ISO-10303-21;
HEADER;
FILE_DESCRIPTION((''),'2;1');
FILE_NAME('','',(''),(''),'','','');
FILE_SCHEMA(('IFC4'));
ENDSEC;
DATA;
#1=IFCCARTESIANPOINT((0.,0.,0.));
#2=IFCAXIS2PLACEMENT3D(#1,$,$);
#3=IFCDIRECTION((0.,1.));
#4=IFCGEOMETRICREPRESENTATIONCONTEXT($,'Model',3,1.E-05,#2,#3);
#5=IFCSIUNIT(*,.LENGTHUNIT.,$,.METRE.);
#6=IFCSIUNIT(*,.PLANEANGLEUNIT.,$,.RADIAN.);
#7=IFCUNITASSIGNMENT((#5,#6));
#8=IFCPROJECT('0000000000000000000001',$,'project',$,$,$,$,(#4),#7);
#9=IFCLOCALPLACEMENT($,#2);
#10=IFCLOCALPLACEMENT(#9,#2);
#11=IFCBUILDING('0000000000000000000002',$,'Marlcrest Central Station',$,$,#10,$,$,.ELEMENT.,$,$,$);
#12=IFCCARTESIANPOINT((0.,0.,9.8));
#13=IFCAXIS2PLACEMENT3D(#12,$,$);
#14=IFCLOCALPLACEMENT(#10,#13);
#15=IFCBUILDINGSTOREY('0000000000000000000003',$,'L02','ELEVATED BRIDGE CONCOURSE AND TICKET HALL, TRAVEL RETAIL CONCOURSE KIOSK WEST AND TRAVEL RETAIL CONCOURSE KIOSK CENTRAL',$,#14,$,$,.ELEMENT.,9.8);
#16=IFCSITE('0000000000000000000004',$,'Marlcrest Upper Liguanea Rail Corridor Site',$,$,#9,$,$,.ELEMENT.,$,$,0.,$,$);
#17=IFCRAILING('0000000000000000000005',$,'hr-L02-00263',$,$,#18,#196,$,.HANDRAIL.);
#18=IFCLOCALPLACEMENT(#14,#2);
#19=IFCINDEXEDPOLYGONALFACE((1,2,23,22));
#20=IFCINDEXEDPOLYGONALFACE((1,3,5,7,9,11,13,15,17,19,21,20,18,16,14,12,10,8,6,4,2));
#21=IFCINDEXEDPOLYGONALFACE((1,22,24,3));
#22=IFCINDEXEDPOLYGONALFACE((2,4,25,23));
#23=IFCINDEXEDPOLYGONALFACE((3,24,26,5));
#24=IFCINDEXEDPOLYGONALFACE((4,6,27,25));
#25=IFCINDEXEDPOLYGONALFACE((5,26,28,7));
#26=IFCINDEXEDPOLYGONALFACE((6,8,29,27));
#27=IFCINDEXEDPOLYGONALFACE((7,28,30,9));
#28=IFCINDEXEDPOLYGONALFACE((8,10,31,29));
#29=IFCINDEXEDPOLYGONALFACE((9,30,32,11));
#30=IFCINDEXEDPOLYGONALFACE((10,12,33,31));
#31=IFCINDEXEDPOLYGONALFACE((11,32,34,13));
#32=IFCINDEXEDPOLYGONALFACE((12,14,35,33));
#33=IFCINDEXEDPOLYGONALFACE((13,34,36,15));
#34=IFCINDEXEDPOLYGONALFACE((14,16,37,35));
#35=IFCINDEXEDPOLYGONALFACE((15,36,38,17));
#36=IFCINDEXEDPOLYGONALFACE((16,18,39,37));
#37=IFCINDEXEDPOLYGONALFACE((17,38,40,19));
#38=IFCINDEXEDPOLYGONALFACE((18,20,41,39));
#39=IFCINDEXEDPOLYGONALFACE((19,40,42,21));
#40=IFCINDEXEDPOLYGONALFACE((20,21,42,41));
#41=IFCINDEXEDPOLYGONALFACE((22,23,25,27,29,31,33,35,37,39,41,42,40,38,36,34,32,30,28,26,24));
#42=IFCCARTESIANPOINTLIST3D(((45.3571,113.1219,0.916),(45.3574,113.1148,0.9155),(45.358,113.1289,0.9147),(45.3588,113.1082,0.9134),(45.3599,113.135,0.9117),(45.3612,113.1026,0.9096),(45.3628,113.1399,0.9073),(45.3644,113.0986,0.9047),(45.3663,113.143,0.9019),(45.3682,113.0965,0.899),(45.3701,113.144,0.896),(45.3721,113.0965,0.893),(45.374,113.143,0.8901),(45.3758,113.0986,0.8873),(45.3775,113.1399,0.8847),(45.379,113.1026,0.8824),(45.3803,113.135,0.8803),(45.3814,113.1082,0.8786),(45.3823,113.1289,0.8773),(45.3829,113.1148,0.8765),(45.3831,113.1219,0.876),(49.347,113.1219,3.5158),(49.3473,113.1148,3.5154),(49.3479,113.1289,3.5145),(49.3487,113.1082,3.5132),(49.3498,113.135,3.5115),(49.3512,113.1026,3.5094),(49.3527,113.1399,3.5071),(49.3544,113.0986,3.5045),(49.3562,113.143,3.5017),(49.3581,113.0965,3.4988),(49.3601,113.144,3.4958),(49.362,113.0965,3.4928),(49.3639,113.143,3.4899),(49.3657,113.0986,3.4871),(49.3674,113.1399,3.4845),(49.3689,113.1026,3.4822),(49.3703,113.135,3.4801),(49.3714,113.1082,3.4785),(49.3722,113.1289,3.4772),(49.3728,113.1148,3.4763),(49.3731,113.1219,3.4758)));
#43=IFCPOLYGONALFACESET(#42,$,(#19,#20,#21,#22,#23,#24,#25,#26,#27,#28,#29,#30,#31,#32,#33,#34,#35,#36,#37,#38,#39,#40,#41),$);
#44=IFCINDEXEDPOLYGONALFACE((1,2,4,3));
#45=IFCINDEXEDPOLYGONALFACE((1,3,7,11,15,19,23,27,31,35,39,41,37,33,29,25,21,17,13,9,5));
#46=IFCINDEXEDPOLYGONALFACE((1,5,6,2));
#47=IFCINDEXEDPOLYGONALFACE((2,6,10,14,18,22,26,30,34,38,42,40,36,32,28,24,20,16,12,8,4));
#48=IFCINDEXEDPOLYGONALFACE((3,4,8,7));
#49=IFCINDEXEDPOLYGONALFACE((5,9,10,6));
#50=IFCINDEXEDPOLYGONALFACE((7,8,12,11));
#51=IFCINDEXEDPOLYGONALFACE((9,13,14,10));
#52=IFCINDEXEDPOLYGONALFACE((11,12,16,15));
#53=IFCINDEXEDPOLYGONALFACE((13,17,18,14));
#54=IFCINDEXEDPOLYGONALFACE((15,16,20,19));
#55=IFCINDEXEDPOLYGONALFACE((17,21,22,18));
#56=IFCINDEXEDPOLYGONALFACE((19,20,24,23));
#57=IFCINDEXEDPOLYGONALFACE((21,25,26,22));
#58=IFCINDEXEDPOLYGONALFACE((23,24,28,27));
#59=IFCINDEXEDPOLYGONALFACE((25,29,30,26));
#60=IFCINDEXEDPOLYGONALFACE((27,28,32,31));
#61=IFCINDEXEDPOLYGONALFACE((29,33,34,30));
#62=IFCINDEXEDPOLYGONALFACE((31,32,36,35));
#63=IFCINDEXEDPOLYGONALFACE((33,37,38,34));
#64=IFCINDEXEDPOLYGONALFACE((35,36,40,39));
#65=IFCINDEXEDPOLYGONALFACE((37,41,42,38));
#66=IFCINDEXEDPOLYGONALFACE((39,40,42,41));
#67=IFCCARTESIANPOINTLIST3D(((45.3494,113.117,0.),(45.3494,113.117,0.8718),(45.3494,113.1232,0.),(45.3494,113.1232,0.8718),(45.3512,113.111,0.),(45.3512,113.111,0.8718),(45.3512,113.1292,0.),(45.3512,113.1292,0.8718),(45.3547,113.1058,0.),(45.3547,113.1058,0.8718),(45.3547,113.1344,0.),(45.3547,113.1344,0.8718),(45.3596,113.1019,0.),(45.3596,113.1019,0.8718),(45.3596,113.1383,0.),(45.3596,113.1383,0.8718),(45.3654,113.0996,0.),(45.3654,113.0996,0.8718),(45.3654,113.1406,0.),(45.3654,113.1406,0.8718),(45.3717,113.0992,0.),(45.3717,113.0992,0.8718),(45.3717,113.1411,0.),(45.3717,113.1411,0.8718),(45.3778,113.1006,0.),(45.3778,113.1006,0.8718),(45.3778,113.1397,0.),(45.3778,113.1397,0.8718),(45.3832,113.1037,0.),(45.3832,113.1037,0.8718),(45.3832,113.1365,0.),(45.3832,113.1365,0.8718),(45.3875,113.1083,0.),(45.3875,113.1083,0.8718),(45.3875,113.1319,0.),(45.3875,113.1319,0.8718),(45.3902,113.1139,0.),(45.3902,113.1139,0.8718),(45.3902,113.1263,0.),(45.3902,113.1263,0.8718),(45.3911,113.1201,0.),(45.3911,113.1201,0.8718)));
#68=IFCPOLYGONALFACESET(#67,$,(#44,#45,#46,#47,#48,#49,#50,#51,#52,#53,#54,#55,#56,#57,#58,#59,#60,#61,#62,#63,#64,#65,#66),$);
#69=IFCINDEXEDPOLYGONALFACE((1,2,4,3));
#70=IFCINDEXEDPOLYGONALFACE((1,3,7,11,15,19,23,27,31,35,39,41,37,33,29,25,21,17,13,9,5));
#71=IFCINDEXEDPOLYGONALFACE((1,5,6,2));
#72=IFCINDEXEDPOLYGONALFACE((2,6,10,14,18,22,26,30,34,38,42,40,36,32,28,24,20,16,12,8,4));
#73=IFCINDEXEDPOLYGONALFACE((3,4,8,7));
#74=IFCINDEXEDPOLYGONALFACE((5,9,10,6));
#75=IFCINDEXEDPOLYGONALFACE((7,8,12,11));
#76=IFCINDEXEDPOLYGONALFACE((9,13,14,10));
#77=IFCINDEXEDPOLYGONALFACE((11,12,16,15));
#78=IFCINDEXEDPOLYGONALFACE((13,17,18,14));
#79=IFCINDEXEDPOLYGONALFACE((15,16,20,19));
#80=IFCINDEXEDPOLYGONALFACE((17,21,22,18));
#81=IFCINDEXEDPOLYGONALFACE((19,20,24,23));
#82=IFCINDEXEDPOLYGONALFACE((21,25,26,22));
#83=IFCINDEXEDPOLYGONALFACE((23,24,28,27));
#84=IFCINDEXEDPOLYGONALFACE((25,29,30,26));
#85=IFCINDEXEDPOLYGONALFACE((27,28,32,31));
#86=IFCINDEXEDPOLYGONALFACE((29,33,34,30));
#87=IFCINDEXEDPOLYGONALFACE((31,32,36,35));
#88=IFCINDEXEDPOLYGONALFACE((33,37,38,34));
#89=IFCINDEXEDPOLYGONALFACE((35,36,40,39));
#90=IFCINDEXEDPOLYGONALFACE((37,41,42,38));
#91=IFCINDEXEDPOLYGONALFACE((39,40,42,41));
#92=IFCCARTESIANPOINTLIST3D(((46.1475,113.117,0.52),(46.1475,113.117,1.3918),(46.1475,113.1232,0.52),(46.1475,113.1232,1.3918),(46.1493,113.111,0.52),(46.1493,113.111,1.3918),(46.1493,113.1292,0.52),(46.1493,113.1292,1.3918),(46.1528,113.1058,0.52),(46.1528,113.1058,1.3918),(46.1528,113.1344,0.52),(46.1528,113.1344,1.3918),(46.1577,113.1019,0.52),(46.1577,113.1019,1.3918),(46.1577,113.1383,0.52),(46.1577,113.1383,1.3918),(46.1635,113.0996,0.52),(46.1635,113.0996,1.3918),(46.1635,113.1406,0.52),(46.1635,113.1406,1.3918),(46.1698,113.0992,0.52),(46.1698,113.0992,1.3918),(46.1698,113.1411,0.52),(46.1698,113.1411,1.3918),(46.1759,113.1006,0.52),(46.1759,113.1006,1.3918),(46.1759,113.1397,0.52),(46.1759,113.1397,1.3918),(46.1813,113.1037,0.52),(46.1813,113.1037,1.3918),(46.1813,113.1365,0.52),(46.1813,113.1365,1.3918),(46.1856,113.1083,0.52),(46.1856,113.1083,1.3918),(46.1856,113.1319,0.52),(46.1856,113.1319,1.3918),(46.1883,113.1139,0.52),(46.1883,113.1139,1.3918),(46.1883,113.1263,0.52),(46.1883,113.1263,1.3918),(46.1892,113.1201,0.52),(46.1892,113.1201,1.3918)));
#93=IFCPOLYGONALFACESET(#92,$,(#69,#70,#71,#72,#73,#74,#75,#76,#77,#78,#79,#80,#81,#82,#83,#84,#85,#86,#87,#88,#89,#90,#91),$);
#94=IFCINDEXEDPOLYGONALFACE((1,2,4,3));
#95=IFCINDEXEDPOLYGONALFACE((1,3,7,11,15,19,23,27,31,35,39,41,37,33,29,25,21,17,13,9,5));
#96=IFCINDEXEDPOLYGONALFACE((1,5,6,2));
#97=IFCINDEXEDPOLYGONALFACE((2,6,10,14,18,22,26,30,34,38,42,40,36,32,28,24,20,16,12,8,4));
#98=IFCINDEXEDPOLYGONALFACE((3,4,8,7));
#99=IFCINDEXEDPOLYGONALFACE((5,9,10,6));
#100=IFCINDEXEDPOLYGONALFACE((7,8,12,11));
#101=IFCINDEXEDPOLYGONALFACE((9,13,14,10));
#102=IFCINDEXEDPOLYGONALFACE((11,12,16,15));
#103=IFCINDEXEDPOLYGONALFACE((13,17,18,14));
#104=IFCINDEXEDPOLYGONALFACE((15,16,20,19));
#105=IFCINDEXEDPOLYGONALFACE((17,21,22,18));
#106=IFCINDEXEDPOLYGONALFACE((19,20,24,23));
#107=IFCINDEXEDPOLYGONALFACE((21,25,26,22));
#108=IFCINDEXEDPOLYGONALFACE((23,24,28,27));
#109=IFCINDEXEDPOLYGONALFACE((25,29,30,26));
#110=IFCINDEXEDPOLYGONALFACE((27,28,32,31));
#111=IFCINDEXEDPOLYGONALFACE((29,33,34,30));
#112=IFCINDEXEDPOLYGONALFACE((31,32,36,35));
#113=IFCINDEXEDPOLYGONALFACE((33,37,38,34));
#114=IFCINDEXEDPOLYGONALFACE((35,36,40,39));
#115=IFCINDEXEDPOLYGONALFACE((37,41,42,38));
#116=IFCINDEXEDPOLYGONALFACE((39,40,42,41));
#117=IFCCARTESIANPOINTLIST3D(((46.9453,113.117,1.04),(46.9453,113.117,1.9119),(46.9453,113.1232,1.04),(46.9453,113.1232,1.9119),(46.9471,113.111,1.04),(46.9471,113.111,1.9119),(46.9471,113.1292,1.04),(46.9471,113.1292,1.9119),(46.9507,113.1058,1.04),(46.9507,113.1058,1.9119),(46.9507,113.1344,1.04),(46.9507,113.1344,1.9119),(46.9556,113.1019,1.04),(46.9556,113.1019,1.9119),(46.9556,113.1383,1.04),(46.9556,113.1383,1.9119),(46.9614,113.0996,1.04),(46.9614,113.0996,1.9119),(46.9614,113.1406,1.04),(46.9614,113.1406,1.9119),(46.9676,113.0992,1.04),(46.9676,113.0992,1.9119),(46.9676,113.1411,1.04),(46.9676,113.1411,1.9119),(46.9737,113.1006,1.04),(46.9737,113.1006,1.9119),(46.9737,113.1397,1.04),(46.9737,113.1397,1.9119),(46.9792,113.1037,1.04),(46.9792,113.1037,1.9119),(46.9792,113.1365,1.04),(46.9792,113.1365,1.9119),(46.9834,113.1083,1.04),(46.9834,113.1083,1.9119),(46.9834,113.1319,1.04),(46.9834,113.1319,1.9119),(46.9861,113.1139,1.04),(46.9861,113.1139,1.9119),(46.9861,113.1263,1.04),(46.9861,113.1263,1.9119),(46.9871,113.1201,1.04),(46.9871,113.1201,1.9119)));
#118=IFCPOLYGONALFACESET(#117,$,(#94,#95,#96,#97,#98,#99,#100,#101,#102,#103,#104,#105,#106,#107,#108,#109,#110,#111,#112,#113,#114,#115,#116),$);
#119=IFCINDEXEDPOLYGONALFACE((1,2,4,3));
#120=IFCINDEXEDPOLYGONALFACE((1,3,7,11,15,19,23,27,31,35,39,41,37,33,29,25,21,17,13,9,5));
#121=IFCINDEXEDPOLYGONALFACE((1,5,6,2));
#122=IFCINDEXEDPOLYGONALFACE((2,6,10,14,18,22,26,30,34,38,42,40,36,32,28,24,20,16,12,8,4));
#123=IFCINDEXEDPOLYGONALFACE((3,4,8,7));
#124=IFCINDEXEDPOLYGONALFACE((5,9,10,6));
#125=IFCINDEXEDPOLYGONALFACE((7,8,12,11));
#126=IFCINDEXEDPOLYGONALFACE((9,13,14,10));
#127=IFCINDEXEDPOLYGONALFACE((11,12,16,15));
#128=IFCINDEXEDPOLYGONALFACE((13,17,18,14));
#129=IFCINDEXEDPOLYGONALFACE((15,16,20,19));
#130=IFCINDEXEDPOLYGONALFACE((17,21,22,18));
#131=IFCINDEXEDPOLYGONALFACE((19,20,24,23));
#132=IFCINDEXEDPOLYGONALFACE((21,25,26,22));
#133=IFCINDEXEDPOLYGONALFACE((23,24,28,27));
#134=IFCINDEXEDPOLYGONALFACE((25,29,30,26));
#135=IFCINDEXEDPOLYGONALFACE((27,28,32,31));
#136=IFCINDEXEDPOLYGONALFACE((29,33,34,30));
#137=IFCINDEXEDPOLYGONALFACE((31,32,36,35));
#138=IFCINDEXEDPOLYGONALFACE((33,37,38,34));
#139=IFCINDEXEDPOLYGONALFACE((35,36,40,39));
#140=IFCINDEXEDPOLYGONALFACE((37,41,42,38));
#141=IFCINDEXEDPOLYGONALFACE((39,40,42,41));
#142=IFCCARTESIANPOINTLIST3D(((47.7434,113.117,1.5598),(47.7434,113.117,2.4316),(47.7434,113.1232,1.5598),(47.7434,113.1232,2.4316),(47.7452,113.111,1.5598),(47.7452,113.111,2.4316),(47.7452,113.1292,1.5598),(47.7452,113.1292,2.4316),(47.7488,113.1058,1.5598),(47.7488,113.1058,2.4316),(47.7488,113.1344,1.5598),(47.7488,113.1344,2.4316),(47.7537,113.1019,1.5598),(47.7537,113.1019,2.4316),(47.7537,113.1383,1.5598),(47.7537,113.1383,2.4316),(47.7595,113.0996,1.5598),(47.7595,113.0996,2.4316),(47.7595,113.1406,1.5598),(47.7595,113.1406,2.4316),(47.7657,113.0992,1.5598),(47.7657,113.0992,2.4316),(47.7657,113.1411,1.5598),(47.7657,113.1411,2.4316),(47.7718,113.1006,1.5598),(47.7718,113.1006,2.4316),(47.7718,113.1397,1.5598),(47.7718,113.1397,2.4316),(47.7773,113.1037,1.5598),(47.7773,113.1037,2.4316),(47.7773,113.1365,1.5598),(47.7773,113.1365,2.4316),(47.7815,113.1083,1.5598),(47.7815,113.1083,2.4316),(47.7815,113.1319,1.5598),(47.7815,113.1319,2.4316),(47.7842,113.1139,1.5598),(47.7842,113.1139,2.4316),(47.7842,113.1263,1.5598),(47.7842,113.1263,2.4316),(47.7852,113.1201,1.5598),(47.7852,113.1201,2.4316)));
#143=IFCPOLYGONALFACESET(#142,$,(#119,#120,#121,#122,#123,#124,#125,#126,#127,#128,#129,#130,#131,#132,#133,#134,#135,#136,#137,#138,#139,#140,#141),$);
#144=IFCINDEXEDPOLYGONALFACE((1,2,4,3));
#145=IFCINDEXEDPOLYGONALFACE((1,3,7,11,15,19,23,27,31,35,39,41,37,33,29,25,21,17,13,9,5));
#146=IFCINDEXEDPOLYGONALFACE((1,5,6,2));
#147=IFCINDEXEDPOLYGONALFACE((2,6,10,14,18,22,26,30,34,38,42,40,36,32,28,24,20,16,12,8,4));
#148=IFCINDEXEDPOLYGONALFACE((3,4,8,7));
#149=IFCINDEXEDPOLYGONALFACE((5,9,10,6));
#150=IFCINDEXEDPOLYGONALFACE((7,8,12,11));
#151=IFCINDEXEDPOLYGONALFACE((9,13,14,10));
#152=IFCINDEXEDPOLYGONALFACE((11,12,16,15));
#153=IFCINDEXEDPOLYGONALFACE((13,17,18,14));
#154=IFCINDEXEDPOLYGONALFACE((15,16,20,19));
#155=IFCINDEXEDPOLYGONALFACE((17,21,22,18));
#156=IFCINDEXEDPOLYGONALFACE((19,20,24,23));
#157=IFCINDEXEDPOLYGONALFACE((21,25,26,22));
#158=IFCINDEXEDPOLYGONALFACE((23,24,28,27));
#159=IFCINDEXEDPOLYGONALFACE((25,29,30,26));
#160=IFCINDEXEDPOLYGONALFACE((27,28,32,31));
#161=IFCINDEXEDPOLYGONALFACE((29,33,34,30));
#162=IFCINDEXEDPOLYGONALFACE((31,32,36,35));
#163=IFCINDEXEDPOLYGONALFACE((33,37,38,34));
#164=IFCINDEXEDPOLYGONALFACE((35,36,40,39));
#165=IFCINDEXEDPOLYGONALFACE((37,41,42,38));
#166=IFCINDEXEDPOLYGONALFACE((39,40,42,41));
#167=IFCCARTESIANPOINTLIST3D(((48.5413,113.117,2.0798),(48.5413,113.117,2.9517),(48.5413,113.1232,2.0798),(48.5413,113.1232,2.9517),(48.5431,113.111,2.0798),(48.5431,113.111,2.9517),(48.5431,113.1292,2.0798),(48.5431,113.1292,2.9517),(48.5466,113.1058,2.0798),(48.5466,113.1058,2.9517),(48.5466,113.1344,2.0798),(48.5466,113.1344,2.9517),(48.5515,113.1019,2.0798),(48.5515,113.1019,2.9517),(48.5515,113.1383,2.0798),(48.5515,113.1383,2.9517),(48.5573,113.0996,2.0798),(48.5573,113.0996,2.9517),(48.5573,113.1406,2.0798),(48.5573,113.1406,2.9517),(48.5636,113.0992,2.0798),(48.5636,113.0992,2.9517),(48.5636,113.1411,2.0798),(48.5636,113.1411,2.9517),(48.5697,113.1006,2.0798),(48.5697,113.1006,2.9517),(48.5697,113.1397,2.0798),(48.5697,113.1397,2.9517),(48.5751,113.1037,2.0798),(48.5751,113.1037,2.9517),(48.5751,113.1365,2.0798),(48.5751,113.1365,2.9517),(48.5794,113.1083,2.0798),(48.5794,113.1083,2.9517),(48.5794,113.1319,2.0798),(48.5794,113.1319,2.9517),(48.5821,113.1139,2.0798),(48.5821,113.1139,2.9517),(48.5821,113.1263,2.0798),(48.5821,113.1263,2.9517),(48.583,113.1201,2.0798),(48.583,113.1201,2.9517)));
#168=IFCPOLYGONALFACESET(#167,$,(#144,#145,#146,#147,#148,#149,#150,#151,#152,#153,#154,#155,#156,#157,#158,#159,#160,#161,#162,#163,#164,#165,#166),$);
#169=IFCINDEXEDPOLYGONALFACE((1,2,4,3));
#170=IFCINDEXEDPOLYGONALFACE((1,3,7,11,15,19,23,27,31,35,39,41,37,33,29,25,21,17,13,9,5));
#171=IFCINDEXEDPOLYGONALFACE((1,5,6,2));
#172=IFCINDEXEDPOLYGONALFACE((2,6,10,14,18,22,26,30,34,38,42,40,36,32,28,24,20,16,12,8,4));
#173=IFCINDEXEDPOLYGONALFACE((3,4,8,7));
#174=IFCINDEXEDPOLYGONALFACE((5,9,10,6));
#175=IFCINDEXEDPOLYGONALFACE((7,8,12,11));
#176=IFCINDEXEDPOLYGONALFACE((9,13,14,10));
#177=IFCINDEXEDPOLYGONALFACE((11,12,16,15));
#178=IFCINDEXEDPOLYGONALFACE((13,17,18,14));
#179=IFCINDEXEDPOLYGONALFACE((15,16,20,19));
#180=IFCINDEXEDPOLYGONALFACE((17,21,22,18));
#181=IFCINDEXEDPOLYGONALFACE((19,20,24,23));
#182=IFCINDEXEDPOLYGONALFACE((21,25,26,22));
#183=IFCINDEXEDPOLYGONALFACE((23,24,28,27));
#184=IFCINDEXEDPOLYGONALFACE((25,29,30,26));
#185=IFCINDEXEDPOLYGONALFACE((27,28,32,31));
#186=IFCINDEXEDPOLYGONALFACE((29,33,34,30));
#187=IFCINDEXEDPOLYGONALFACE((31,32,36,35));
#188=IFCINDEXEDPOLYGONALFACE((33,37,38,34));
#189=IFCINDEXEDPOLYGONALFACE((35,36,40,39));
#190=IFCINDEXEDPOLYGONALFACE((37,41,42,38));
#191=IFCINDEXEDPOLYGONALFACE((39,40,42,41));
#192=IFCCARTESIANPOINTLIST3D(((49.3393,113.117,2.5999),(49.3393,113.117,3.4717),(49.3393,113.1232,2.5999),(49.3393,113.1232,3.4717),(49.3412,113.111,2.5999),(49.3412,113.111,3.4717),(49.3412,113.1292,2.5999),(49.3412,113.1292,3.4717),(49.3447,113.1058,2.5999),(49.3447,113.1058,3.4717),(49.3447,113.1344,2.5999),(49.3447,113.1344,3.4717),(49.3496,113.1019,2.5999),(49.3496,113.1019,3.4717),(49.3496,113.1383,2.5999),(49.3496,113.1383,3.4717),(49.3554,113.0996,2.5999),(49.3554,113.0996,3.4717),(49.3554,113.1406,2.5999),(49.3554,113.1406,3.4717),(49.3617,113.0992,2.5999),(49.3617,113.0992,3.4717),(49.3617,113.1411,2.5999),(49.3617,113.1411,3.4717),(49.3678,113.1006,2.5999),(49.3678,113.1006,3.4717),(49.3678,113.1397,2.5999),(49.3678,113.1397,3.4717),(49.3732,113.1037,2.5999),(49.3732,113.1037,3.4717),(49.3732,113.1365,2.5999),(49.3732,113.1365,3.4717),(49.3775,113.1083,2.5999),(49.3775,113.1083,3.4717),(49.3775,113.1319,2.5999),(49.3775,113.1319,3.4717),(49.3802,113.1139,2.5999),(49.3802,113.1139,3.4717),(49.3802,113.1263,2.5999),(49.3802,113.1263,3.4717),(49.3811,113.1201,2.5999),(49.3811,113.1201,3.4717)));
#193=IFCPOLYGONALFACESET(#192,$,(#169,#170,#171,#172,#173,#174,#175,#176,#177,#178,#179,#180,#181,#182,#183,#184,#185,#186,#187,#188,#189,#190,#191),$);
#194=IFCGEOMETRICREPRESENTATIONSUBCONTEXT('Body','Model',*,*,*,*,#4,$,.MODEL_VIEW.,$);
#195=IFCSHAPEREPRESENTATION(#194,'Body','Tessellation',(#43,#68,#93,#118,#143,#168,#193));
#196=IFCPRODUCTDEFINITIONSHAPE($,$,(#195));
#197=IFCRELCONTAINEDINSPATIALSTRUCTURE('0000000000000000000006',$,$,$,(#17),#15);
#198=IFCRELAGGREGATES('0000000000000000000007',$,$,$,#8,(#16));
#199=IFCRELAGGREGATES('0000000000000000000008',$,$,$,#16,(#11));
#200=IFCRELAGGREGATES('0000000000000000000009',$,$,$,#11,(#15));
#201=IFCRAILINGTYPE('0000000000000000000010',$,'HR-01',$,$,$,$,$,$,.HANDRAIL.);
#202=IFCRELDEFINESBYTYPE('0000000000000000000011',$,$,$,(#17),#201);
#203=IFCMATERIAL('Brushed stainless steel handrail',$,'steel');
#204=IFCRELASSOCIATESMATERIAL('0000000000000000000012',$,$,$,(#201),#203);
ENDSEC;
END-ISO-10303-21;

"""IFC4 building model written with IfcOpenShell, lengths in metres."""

from ifc_helpers import new_model, si_unit, direction, frame, origin, origin_2d, place, context, subcontext, project, spatial, circle, extrude, material, type_object, element, save


model = new_model("IFC4")

# Units and contexts
model_context = context("Model", 3, precision=1e-05, world=origin(), true_north=direction((0.0, 1.0)))
body_context = subcontext(model_context, "Body", "Model", "MODEL_VIEW")
ifc_project = project(units=[si_unit("LENGTHUNIT", "METRE"), si_unit("PLANEANGLEUNIT", "RADIAN")], contexts=[model_context])

# Site, building, storey
site_placement = place(None, origin())
site = spatial("IfcSite", under=ifc_project, at=site_placement, Name="Marlcrest Upper Liguanea Rail Corridor Site", CompositionType="ELEMENT", RefElevation=0.0)
building_placement = place(site_placement, origin())
building = spatial("IfcBuilding", under=site, at=building_placement, Name="Marlcrest Central Station", CompositionType="ELEMENT")
storey_placement = place(building_placement, frame((0.0, 0.0, 9.8)))
storey = spatial("IfcBuildingStorey", under=building, at=storey_placement, Name="L02", Description="ELEVATED BRIDGE CONCOURSE AND TICKET HALL, TRAVEL RETAIL CONCOURSE KIOSK WEST AND TRAVEL RETAIL CONCOURSE KIOSK CENTRAL", CompositionType="ELEMENT", Elevation=9.8)

# Railing
ifc_material_1 = material(Name="Brushed stainless steel handrail", Category="steel")
railing_type_1 = type_object("IfcRailingType", Name="HR-01", PredefinedType="HANDRAIL", material=ifc_material_1)
railing_1_placement = place(storey_placement, frame((45.3701, 113.1201, 0.0)))
element("IfcRailing", 1, at=railing_1_placement, inside=storey, type_object=railing_type_1, Name="hr-L02-00263", PredefinedType="HANDRAIL", context=body_context, shape_type="SweptSolid", body=[
    extrude(circle(Radius=0.0239, at=origin_2d()), frame((0.0, 0.0, 0.896), z_axis=(0.837833, 0.0, 0.545927), x_axis=(0.0, 1.0, 0.0)), (0.0, 0.0, 1.0), 4.7622),
    extrude(circle(Radius=0.021, at=origin_2d()), origin(), (0.0, 0.0, 1.0), 0.8718),
    extrude(circle(Radius=0.021, at=origin_2d()), frame((0.7981, 0.0, 0.52)), (0.0, 0.0, 1.0), 0.8718),
    extrude(circle(Radius=0.021, at=origin_2d()), frame((1.5959, 0.0, 1.04)), (0.0, 0.0, 1.0), 0.8718),
    extrude(circle(Radius=0.021, at=origin_2d()), frame((2.394, 0.0, 1.5598)), (0.0, 0.0, 1.0), 0.8718),
    extrude(circle(Radius=0.021, at=origin_2d()), frame((3.1919, 0.0, 2.0798)), (0.0, 0.0, 1.0), 0.8718),
    extrude(circle(Radius=0.021, at=origin_2d()), frame((3.99, 0.0, 2.5999)), (0.0, 0.0, 1.0), 0.8718),
])

save(model, "model.ifc")
